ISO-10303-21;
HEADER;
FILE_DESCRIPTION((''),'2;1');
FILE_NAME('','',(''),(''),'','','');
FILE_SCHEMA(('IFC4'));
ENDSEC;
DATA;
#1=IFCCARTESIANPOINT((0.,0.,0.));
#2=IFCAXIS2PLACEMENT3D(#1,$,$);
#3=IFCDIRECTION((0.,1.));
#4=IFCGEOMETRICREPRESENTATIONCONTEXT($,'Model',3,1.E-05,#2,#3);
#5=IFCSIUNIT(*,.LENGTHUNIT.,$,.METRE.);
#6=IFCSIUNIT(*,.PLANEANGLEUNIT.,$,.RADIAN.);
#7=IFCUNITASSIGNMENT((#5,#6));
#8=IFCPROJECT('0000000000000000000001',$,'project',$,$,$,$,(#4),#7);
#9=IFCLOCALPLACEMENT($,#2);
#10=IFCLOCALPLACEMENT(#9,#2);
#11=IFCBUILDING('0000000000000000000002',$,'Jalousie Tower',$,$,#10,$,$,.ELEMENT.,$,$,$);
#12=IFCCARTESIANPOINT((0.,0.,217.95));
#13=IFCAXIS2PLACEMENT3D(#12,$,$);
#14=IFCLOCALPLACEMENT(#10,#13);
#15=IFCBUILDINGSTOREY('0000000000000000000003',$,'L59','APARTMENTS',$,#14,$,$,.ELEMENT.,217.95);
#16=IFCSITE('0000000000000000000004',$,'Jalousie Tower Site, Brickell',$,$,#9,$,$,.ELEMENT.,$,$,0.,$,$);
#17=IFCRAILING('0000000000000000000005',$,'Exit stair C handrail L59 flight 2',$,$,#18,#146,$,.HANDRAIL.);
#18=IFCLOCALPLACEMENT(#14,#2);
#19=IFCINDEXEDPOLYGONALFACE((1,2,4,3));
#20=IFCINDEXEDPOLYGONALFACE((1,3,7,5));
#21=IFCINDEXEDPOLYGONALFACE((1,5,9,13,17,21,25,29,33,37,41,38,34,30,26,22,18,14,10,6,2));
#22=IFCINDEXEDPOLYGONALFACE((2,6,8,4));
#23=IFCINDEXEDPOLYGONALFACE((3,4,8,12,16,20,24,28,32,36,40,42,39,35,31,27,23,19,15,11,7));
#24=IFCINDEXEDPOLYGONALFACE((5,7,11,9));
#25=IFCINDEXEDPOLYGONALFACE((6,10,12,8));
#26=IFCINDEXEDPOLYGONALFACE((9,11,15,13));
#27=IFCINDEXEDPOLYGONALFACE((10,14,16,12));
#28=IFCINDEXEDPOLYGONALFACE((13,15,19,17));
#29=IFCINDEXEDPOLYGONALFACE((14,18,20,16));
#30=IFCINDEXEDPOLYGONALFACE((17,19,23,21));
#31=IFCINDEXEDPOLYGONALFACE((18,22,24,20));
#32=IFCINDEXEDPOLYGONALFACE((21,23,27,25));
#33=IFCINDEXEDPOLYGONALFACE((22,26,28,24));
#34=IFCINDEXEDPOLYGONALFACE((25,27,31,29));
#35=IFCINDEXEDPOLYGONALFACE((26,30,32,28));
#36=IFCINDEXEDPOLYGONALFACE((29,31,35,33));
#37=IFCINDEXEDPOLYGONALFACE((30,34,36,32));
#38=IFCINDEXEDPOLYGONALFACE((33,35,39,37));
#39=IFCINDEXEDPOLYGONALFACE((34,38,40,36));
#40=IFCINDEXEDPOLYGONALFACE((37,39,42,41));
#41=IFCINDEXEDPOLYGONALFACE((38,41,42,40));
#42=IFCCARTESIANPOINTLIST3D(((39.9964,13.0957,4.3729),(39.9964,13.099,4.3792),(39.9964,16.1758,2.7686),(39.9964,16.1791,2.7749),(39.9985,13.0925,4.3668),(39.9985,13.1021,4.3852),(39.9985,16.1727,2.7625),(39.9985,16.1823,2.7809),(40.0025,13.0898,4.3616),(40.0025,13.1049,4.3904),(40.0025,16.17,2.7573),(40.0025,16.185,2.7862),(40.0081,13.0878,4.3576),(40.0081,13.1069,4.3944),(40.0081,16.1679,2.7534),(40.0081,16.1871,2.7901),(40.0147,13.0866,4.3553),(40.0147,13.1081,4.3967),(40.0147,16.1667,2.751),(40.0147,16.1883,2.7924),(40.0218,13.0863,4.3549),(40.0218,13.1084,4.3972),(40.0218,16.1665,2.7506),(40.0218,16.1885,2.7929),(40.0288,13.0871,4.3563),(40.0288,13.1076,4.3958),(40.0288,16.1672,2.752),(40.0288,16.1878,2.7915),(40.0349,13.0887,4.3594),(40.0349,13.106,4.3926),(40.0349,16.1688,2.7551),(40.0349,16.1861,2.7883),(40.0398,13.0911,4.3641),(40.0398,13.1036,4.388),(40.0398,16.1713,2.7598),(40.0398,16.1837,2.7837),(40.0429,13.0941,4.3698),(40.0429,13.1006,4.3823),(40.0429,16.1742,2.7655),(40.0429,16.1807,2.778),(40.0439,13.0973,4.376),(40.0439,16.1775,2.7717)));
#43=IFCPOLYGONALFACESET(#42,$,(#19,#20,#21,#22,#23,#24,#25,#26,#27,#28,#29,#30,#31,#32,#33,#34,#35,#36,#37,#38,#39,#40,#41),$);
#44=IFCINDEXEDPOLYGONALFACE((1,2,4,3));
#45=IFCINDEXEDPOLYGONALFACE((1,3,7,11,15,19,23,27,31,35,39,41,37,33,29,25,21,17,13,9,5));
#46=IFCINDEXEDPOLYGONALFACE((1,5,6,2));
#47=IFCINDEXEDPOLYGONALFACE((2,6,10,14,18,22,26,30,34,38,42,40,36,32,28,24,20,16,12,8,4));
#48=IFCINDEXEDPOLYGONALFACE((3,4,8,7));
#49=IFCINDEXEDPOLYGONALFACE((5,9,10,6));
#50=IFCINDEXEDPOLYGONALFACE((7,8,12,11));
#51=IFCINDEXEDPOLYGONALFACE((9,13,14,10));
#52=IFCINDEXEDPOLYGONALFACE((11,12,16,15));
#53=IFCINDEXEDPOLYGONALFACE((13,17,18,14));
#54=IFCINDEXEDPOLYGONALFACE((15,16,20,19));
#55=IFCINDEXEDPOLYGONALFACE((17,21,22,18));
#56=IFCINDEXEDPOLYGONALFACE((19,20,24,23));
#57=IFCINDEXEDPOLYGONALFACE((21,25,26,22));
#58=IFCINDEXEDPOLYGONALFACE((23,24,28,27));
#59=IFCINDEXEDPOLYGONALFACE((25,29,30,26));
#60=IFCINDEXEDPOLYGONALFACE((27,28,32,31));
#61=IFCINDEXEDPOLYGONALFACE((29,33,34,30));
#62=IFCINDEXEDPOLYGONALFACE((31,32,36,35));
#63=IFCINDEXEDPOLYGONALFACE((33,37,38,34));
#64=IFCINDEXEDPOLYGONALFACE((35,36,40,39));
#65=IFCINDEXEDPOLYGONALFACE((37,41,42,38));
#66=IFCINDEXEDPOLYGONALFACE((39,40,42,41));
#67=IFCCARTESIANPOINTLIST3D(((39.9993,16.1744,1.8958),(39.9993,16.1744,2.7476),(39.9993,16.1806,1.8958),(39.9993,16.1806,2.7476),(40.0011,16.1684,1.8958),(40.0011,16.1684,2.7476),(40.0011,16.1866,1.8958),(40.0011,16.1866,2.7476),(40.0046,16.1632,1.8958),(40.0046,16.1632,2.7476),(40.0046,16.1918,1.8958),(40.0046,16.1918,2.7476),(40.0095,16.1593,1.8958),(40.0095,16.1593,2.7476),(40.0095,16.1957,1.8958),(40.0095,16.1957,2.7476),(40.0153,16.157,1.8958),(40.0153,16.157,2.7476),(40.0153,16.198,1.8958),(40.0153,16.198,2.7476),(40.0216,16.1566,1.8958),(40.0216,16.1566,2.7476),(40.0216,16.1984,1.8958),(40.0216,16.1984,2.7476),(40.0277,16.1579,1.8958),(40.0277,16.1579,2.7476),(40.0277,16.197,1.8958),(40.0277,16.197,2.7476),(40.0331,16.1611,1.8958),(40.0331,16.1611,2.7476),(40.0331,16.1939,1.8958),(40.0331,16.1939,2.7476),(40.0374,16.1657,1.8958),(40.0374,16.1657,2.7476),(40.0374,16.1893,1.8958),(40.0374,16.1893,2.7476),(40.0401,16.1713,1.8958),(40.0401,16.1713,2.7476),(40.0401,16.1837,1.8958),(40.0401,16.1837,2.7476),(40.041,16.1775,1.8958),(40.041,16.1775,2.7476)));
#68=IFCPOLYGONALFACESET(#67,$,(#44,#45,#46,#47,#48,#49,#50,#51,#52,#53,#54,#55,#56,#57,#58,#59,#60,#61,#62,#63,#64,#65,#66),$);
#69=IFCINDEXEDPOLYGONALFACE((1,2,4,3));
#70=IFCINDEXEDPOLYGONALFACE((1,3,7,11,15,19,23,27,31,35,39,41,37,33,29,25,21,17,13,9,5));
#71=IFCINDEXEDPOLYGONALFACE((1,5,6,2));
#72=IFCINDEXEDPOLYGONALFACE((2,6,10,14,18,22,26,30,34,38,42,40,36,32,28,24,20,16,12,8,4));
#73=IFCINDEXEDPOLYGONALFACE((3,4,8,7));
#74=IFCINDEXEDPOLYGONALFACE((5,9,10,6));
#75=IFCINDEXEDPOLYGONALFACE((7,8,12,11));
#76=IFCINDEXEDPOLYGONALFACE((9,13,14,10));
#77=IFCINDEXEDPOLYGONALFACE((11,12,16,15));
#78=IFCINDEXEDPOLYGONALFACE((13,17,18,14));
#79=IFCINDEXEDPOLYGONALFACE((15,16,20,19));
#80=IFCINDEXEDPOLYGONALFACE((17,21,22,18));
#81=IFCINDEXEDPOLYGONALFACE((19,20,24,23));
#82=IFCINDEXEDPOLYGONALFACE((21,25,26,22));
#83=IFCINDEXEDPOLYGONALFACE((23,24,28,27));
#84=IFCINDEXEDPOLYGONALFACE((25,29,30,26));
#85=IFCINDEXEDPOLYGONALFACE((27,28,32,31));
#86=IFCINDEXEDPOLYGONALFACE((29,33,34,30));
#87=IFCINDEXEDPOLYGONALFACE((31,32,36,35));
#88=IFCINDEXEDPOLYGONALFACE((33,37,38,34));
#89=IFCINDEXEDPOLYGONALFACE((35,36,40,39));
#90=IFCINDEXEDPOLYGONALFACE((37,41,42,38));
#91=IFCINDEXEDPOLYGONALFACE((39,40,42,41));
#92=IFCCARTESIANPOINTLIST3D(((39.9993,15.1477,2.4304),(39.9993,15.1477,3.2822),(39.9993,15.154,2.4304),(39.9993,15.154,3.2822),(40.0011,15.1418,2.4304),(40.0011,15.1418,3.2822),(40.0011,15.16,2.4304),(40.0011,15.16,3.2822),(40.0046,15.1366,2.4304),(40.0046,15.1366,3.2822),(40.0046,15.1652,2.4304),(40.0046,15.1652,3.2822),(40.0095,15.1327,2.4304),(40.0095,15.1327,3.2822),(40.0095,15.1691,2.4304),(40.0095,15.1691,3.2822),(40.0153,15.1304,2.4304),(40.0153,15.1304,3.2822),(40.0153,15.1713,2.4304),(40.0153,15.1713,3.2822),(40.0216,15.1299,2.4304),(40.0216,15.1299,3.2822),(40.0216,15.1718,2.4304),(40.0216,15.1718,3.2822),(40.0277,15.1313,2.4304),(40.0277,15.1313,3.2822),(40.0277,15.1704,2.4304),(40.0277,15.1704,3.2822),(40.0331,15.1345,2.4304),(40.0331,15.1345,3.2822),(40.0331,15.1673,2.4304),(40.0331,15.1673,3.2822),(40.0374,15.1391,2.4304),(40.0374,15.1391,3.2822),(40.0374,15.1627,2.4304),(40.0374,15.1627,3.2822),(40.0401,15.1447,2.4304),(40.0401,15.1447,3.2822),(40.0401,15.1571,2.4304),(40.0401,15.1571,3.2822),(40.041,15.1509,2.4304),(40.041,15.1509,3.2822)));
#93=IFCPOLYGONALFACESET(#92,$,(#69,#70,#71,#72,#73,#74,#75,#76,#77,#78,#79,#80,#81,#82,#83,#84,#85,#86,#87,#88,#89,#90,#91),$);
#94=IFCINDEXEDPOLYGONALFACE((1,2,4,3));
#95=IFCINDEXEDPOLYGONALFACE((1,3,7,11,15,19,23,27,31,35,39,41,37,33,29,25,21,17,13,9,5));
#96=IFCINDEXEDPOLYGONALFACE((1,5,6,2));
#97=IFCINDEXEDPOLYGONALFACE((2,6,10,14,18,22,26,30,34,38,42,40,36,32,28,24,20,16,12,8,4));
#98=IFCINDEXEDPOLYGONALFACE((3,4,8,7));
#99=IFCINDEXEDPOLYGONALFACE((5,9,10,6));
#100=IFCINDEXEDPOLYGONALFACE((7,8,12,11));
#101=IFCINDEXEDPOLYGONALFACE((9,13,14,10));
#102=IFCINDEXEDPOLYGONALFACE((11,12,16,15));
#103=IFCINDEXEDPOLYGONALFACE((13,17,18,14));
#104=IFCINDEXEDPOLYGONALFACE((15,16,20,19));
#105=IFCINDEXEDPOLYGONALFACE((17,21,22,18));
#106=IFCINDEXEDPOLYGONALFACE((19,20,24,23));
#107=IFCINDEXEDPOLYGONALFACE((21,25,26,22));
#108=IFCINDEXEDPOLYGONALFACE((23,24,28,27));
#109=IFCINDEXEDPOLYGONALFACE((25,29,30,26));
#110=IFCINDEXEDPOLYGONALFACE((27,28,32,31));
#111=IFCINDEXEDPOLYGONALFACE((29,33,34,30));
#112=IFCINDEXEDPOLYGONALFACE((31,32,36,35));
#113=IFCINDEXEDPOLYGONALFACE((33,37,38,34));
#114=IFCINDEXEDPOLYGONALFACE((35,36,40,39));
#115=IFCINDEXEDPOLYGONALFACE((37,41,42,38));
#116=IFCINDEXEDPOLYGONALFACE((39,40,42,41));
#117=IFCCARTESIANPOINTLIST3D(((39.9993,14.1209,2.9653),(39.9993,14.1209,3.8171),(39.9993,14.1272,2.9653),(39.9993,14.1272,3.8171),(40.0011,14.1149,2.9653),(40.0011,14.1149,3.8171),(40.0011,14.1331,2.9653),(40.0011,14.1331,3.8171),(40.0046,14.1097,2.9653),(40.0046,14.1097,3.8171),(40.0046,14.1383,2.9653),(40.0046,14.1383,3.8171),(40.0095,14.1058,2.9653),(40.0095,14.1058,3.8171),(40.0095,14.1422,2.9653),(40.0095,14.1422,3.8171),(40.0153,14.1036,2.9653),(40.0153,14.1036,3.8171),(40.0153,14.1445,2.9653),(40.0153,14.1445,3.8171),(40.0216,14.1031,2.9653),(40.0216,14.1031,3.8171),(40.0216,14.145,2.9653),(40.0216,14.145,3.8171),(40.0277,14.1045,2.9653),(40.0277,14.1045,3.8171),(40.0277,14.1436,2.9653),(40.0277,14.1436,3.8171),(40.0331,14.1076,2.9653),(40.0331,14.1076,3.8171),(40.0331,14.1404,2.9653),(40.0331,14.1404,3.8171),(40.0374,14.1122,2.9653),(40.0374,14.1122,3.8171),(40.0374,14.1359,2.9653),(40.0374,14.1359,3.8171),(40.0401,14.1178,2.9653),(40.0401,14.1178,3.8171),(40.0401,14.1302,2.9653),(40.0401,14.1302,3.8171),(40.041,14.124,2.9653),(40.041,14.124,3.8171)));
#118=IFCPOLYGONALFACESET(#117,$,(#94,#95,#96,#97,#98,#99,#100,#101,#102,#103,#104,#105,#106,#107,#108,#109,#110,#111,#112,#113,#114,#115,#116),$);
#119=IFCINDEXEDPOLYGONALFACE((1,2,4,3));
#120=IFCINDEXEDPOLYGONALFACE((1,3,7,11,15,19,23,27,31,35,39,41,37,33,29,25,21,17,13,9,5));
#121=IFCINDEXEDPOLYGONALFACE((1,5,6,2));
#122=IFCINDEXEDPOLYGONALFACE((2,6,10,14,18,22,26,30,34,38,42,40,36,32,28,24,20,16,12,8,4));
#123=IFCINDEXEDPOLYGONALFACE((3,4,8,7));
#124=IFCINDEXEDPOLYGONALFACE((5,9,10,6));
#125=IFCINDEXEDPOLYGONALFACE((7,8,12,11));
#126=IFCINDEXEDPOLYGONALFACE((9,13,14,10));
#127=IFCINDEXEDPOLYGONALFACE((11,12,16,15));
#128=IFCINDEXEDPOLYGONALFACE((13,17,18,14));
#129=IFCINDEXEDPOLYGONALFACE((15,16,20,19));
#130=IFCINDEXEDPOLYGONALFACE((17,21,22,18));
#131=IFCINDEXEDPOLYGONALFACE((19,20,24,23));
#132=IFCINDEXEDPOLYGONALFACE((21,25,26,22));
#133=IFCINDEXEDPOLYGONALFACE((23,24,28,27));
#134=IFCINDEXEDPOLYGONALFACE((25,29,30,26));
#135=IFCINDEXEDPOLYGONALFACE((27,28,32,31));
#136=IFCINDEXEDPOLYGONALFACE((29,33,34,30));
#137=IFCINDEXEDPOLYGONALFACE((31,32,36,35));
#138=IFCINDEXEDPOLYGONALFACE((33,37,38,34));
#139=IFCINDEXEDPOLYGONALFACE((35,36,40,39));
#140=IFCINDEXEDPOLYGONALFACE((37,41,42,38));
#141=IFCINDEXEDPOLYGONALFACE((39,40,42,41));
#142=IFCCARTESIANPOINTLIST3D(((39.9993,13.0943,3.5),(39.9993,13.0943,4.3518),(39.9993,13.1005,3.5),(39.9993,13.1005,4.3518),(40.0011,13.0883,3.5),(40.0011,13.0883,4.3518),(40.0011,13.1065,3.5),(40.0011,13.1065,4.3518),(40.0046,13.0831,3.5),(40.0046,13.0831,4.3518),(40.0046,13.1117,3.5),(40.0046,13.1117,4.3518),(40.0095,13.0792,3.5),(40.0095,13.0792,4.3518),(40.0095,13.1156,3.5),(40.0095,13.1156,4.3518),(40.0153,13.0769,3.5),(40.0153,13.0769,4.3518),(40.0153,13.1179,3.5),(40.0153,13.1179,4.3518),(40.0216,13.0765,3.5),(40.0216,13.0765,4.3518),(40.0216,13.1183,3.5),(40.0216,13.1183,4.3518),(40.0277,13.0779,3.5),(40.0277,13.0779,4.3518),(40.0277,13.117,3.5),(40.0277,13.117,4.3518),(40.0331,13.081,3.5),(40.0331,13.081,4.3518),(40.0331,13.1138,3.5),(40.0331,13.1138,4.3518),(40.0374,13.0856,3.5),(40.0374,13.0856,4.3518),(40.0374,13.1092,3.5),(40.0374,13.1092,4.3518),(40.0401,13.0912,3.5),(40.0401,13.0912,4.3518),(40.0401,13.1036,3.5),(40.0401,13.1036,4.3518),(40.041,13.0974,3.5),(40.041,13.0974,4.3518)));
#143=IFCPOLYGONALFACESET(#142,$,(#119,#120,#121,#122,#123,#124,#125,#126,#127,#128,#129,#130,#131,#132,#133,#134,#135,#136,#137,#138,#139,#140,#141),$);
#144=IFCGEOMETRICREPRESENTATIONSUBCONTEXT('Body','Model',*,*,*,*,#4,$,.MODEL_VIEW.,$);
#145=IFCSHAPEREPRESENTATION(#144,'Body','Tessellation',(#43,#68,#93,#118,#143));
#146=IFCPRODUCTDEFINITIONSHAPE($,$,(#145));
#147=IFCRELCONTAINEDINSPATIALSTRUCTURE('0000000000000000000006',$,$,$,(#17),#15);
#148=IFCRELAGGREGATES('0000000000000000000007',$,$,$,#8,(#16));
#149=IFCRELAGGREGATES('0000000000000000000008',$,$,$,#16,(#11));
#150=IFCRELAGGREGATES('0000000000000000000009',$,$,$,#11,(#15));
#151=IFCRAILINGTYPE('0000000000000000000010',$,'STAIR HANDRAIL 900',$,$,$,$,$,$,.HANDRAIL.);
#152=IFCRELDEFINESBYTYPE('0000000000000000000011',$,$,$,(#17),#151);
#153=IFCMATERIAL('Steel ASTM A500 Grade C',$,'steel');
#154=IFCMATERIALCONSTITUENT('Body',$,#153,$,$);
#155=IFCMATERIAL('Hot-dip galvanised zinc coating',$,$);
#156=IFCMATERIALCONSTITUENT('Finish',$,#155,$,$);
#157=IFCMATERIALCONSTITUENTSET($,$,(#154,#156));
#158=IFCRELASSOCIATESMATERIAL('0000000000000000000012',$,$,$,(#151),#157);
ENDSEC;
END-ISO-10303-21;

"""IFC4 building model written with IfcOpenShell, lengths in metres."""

from ifc_helpers import new_model, si_unit, direction, frame, origin, origin_2d, place, context, subcontext, project, spatial, circle, extrude, material, constituent, constituent_set, type_object, element, save


model = new_model("IFC4")

# Units and contexts
model_context = context("Model", 3, precision=1e-05, world=origin(), true_north=direction((0.0, 1.0)))
body_context = subcontext(model_context, "Body", "Model", "MODEL_VIEW")
ifc_project = project(units=[si_unit("LENGTHUNIT", "METRE"), si_unit("PLANEANGLEUNIT", "RADIAN")], contexts=[model_context])

# Site, building, storey
site_placement = place(None, origin())
site = spatial("IfcSite", under=ifc_project, at=site_placement, Name="Jalousie Tower Site, Brickell", CompositionType="ELEMENT", RefElevation=0.0)
building_placement = place(site_placement, origin())
building = spatial("IfcBuilding", under=site, at=building_placement, Name="Jalousie Tower", CompositionType="ELEMENT")
storey_placement = place(building_placement, frame((0.0, 0.0, 217.95)))
storey = spatial("IfcBuildingStorey", under=building, at=storey_placement, Name="L59", Description="APARTMENTS", CompositionType="ELEMENT", Elevation=217.95)

# Railing
ifc_material_1 = material(Name="Steel ASTM A500 Grade C", Category="steel")
ifc_constituent_1 = constituent(ifc_material_1, Name="Body")
ifc_material_2 = material(Name="Hot-dip galvanised zinc coating")
ifc_constituent_2 = constituent(ifc_material_2, Name="Finish")
ifc_constituent_set_1 = constituent_set(constituents=[ifc_constituent_1, ifc_constituent_2])
railing_type_1 = type_object("IfcRailingType", Name="STAIR HANDRAIL 900", PredefinedType="HANDRAIL", material=ifc_constituent_set_1)
railing_1_placement = place(storey_placement, frame((40.02, 16.1775, 1.8958)))
element("IfcRailing", 1, at=railing_1_placement, inside=storey, type_object=railing_type_1, Name="Exit stair C handrail L59 flight 2", PredefinedType="HANDRAIL", context=body_context, shape_type="SweptSolid", body=[
    extrude(circle(Radius=0.0239, at=origin_2d()), frame((0.0, 0.0, 0.876), z_axis=(0.0, -0.886909, 0.461944), x_axis=(1.0, 0.0, 0.0)), (0.0, 0.0, 1.0), 3.4729),
    extrude(circle(Radius=0.021, at=origin_2d()), origin(), (0.0, 0.0, 1.0), 0.8518),
    extrude(circle(Radius=0.021, at=origin_2d()), frame((0.0, -1.0266, 0.5347)), (0.0, 0.0, 1.0), 0.8518),
    extrude(circle(Radius=0.021, at=origin_2d()), frame((0.0, -2.0535, 1.0696)), (0.0, 0.0, 1.0), 0.8518),
    extrude(circle(Radius=0.021, at=origin_2d()), frame((0.0, -3.0801, 1.6042)), (0.0, 0.0, 1.0), 0.8518),
])

save(model, "model.ifc")
